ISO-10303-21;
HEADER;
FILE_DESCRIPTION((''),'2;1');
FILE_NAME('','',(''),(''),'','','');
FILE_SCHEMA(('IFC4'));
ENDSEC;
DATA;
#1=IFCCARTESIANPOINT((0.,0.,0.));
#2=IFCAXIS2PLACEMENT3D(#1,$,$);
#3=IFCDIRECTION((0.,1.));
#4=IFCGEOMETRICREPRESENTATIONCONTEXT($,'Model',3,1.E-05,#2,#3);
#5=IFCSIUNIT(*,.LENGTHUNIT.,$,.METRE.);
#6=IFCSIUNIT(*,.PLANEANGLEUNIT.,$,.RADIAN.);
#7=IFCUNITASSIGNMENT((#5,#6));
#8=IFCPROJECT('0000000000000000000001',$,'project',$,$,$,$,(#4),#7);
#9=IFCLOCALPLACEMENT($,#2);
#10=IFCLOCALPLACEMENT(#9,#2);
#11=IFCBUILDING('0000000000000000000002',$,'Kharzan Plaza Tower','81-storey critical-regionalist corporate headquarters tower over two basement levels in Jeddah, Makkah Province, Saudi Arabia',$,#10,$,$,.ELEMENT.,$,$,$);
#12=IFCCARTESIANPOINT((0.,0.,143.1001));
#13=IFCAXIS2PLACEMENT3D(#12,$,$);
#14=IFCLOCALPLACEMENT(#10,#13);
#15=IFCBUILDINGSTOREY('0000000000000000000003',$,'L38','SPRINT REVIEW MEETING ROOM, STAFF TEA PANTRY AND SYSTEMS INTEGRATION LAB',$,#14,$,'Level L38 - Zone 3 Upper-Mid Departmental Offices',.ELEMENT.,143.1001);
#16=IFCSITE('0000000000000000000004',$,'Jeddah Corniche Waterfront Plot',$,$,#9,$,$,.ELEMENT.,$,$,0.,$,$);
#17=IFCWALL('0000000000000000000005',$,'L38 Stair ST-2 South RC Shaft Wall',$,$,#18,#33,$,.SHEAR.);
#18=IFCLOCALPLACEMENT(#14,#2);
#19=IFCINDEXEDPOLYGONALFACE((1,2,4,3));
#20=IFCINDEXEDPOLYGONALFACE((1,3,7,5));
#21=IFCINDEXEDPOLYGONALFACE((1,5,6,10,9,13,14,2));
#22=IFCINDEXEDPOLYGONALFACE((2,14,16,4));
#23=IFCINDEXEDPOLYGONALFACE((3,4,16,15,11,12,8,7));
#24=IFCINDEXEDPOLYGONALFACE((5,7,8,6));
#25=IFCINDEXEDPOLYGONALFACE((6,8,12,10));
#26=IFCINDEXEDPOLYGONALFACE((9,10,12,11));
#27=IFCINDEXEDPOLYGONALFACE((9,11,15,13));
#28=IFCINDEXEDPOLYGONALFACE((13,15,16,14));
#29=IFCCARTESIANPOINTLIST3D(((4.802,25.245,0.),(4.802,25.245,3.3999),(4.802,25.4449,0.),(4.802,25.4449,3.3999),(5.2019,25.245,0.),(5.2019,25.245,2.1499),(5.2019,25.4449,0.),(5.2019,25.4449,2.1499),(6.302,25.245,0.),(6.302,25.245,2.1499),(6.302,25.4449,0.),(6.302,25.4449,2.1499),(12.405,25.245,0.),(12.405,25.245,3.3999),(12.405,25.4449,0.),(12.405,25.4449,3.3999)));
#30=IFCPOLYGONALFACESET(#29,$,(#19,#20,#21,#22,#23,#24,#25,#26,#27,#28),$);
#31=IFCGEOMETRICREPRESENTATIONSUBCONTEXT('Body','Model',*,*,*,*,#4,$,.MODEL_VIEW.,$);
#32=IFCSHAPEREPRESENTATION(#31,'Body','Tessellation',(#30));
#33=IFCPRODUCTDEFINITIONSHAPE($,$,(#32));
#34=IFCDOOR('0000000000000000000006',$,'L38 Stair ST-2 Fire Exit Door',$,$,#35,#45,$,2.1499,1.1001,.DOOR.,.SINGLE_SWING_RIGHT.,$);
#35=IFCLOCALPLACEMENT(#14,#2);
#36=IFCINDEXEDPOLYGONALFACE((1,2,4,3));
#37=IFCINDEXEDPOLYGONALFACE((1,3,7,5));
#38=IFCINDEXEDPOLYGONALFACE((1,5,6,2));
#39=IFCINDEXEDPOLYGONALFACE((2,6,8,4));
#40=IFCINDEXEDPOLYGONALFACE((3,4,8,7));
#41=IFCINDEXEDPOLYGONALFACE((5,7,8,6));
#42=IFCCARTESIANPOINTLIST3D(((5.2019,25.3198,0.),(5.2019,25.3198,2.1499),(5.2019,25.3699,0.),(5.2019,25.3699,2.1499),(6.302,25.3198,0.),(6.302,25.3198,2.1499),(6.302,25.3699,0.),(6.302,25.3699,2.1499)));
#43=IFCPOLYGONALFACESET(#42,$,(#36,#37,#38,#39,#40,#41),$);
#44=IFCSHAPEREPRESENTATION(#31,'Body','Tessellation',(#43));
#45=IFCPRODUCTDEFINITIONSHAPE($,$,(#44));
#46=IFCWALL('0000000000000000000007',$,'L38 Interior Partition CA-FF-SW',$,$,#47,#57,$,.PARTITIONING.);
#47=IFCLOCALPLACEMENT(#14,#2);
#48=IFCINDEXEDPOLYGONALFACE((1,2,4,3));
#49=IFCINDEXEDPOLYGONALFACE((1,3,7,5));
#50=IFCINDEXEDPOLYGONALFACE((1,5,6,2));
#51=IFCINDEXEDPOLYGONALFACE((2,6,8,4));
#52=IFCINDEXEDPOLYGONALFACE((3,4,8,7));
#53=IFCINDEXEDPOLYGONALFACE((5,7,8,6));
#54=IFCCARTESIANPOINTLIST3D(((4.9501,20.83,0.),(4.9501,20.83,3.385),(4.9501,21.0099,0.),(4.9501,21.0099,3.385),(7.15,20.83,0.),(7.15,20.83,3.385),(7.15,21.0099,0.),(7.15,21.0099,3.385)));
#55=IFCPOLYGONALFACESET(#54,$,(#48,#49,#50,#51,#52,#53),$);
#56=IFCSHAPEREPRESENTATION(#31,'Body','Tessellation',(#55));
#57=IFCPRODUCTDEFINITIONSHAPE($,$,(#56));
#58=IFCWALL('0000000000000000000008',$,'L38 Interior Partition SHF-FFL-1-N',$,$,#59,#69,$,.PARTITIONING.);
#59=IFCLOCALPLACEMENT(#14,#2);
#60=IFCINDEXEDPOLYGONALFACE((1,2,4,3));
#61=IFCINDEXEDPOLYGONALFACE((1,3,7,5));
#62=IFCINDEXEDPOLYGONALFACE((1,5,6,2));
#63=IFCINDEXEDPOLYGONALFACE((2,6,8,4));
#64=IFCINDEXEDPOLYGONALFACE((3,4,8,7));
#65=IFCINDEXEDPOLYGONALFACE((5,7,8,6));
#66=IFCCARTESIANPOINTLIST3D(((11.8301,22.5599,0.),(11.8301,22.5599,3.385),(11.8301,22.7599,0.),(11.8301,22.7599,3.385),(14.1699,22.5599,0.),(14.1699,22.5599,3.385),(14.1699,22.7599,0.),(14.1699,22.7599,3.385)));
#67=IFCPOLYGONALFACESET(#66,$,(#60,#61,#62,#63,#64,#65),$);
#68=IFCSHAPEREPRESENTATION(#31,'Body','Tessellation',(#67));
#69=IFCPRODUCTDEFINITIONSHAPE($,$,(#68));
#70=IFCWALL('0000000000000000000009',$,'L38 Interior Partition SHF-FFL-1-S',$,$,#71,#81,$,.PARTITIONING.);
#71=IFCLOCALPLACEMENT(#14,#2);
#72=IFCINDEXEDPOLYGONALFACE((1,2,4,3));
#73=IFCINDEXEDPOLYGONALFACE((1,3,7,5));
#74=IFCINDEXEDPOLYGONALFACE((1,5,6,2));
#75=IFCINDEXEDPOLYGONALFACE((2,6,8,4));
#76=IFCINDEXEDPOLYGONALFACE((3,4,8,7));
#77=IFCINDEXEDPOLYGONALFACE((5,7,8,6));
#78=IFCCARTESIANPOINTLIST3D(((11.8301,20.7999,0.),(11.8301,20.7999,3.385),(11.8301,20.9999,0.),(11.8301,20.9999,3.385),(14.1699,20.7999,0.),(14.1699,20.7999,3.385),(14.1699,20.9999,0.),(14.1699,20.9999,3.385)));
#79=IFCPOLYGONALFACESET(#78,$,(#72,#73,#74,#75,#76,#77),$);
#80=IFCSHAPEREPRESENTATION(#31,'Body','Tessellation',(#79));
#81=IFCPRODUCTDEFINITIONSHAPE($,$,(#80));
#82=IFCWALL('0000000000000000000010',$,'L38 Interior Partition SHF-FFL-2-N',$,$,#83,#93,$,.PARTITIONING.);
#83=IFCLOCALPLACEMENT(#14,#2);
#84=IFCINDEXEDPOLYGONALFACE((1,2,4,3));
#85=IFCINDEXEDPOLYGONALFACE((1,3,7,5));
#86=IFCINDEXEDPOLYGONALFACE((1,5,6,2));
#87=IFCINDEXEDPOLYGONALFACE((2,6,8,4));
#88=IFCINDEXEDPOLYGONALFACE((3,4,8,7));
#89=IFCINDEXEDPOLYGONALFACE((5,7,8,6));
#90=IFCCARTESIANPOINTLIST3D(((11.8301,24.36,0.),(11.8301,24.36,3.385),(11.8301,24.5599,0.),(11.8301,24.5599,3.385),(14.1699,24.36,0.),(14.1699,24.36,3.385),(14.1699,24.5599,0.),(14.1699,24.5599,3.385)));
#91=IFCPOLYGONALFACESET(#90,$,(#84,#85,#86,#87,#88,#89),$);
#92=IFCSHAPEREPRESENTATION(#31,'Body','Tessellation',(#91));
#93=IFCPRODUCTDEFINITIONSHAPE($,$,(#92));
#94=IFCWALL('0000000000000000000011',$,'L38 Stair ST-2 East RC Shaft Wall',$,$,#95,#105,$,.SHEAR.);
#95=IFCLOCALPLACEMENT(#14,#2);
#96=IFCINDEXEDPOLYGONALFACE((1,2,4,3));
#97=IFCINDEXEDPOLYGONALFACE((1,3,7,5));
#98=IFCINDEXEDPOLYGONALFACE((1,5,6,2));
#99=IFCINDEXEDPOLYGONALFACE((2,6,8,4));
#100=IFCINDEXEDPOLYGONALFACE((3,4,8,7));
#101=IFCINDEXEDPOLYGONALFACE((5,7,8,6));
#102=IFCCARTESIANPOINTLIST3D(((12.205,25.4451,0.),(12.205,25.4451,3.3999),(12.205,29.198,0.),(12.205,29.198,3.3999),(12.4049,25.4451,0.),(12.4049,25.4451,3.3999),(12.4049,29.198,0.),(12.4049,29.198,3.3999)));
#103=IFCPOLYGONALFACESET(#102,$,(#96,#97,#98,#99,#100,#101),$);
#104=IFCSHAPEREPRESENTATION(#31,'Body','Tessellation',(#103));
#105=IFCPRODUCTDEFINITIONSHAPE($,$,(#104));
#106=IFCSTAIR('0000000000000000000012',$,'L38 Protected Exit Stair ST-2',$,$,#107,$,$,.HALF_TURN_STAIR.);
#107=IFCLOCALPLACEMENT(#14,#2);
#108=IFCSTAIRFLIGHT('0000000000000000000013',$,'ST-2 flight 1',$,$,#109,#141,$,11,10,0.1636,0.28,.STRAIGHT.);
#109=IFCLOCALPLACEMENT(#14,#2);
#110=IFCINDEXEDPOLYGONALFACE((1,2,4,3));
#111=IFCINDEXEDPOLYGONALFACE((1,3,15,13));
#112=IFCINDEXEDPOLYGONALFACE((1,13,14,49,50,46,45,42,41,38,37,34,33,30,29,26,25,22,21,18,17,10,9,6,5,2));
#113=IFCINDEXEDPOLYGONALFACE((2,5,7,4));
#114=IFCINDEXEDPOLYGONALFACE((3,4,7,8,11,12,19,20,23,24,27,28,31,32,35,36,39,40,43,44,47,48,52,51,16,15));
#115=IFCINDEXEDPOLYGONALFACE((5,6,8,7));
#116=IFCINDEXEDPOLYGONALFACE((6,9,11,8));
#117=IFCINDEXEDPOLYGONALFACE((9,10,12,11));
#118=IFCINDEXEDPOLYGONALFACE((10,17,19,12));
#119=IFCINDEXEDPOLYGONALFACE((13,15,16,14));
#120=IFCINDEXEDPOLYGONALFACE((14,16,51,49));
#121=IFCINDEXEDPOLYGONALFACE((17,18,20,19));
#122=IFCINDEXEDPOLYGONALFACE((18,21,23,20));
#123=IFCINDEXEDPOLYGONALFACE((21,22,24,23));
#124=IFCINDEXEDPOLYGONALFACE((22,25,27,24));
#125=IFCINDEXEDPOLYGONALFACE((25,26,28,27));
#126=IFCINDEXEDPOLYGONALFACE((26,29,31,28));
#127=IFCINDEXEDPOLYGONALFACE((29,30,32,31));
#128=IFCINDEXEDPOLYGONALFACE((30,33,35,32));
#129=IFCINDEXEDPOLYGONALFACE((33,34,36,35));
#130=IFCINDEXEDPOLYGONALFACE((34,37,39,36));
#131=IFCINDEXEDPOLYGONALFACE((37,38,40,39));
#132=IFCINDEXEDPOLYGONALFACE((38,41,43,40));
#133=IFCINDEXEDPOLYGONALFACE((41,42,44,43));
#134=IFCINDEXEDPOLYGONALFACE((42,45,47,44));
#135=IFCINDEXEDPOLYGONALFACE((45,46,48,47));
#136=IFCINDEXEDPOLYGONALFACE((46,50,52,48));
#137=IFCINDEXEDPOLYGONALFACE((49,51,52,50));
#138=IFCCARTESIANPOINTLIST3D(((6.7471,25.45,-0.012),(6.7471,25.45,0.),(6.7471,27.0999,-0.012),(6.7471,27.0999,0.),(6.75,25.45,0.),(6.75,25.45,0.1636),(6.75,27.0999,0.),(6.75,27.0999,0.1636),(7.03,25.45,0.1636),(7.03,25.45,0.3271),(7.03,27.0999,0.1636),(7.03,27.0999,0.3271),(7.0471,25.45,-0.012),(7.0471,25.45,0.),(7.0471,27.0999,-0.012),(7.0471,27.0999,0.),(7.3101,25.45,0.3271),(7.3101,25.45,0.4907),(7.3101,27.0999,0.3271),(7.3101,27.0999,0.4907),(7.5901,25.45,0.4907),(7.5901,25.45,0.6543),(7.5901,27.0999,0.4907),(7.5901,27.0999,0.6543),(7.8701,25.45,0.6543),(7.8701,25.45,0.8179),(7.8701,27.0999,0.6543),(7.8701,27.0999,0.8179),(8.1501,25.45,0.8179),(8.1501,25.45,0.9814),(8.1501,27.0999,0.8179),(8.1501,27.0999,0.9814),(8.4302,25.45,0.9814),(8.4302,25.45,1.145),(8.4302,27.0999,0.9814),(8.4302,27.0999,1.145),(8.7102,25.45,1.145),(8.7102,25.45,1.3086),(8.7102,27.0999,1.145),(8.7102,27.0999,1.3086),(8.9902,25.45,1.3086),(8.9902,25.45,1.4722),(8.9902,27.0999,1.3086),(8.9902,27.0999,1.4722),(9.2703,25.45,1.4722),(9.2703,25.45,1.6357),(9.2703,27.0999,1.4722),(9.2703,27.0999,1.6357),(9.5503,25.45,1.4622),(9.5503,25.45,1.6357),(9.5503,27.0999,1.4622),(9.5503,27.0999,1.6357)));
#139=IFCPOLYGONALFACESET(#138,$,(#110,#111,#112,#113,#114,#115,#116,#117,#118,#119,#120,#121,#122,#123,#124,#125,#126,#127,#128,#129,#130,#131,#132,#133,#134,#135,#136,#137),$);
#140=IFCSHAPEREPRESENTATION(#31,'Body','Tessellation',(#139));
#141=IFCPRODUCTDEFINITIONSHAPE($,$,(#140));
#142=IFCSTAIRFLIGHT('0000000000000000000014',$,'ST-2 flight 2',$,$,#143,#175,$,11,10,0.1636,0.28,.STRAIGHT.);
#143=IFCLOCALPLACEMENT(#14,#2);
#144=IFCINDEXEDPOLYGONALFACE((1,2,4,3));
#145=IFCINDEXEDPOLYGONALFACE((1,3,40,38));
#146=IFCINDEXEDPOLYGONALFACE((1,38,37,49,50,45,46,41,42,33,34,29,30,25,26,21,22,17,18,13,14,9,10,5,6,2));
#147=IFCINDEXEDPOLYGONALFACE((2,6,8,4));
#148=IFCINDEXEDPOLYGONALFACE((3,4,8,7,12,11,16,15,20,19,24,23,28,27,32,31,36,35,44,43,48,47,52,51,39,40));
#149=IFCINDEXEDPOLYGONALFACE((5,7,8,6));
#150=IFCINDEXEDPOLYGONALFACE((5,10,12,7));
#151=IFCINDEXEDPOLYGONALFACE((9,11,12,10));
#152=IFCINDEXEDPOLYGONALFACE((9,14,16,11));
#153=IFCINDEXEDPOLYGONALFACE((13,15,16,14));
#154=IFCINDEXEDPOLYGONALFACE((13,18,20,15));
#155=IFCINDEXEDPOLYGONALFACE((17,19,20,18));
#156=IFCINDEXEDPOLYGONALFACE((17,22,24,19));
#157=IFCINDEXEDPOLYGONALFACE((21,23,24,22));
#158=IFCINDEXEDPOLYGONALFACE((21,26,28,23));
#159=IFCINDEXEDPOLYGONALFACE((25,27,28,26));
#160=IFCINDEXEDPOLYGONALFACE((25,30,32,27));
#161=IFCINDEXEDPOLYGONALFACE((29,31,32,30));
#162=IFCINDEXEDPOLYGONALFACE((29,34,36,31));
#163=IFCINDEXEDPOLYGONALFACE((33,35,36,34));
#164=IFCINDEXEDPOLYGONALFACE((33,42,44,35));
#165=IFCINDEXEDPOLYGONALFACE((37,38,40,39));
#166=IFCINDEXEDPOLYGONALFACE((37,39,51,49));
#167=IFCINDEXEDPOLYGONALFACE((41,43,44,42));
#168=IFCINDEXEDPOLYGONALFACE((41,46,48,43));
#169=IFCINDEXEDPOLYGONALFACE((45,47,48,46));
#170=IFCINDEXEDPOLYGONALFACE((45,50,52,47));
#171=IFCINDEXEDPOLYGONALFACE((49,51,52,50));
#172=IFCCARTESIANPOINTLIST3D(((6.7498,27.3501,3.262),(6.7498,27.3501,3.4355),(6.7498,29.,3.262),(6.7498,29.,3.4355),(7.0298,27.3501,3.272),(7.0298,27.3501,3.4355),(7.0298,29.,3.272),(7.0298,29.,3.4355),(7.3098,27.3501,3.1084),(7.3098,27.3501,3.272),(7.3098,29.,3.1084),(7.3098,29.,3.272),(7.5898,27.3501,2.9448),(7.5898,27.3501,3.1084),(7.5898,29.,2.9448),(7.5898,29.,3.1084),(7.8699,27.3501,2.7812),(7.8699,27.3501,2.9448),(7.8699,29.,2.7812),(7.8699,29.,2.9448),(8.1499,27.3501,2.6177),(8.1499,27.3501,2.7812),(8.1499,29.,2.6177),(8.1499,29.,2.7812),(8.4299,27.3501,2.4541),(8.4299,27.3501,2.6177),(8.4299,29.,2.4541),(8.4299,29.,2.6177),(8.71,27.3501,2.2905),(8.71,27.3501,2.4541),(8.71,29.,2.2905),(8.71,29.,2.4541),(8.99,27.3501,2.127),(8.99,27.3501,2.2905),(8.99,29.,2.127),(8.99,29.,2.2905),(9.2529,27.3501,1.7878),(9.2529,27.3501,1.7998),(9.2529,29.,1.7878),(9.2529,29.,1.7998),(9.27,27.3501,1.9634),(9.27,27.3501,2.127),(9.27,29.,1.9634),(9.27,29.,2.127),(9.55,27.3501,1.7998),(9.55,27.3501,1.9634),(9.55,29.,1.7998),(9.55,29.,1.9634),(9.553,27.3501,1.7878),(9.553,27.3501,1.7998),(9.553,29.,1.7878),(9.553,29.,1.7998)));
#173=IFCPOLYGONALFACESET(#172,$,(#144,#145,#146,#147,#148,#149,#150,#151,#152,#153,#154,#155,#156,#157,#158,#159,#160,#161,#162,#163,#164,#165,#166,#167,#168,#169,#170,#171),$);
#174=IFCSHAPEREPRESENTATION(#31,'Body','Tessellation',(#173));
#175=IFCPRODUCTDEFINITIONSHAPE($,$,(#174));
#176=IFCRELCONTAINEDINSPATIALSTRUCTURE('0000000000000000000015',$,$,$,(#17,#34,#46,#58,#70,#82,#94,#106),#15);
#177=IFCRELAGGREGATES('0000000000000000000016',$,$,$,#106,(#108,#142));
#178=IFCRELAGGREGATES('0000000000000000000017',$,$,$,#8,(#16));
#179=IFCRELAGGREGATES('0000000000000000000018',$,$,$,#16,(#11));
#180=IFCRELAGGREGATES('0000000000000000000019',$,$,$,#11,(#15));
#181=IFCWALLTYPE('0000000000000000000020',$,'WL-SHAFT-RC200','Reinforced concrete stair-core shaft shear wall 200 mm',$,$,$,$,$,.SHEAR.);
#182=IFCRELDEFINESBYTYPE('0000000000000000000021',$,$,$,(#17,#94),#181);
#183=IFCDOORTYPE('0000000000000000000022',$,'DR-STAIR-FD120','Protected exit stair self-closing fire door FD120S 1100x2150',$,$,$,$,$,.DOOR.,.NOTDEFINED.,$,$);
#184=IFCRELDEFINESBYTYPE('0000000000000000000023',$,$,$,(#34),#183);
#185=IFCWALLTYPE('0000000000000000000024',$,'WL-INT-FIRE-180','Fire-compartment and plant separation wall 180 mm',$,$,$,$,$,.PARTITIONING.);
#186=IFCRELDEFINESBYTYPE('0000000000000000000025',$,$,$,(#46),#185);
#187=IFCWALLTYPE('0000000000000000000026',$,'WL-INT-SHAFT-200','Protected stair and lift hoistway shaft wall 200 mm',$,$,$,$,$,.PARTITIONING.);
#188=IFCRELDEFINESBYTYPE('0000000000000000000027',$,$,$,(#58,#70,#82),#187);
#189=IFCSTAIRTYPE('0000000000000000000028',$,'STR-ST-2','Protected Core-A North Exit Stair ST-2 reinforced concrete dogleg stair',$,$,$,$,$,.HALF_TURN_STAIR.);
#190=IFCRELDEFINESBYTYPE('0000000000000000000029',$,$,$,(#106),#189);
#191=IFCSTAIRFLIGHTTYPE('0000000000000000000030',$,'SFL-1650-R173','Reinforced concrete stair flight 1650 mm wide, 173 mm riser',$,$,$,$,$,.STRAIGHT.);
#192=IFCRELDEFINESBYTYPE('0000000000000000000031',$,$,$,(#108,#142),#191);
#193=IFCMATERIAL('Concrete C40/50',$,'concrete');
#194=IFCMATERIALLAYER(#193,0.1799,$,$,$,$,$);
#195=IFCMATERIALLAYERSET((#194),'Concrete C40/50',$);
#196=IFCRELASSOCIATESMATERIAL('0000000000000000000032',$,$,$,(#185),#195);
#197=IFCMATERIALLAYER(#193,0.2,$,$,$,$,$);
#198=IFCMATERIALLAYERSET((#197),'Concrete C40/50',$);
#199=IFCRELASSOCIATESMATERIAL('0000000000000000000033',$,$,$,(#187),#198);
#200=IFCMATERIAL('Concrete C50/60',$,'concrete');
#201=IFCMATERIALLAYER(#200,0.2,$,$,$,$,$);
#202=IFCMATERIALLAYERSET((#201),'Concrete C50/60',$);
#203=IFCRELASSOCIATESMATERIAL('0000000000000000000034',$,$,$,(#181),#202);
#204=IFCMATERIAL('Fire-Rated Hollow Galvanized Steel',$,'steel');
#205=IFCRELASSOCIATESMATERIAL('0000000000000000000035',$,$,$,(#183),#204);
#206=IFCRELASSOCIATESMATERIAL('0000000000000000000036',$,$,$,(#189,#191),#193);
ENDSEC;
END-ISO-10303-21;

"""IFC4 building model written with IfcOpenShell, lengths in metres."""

from ifc_helpers import new_model, si_unit, direction, frame, frame_2d, origin, place, context, subcontext, project, spatial, polyline, rectangle, outline, extrude, source, transform, mapped, material, layer, layer_set, type_object, element, fill, aggregate, save


model = new_model("IFC4")

# Units and contexts
model_context = context("Model", 3, precision=1e-05, world=origin(), true_north=direction((0.0, 1.0)))
body_context = subcontext(model_context, "Body", "Model", "MODEL_VIEW")
ifc_project = project(units=[si_unit("LENGTHUNIT", "METRE"), si_unit("PLANEANGLEUNIT", "RADIAN")], contexts=[model_context])

# Site, building, storey
site_placement = place(None, origin())
site = spatial("IfcSite", under=ifc_project, at=site_placement, Name="Jeddah Corniche Waterfront Plot", CompositionType="ELEMENT", RefElevation=0.0)
building_placement = place(site_placement, origin())
building = spatial("IfcBuilding", under=site, at=building_placement, Name="Kharzan Plaza Tower", Description="81-storey critical-regionalist corporate headquarters tower over two basement levels in Jeddah, Makkah Province, Saudi Arabia", CompositionType="ELEMENT")
storey_placement = place(building_placement, frame((0.0, 0.0, 143.1001)))
storey = spatial("IfcBuildingStorey", under=building, at=storey_placement, Name="L38", Description="SPRINT REVIEW MEETING ROOM, STAFF TEA PANTRY AND SYSTEMS INTEGRATION LAB", LongName="Level L38 - Zone 3 Upper-Mid Departmental Offices", CompositionType="ELEMENT", Elevation=143.1001)

# Wall, opening, door
ifc_material_1 = material(Name="Concrete C40/50", Category="concrete")
ifc_layer_1 = layer(ifc_material_1, 0.1799)
ifc_layer_set_1 = layer_set([ifc_layer_1], Name="Concrete C40/50")
wall_type_1 = type_object("IfcWallType", Name="WL-INT-FIRE-180", Description="Fire-compartment and plant separation wall 180 mm", PredefinedType="PARTITIONING", material=ifc_layer_set_1)
ifc_layer_2 = layer(ifc_material_1, 0.2)
ifc_layer_set_2 = layer_set([ifc_layer_2], Name="Concrete C40/50")
wall_type_2 = type_object("IfcWallType", Name="WL-INT-SHAFT-200", Description="Protected stair and lift hoistway shaft wall 200 mm", PredefinedType="PARTITIONING", material=ifc_layer_set_2)
ifc_material_2 = material(Name="Concrete C50/60", Category="concrete")
ifc_layer_3 = layer(ifc_material_2, 0.2)
ifc_layer_set_3 = layer_set([ifc_layer_3], Name="Concrete C50/60")
wall_type_3 = type_object("IfcWallType", Name="WL-SHAFT-RC200", Description="Reinforced concrete stair-core shaft shear wall 200 mm", PredefinedType="SHEAR", material=ifc_layer_set_3)
wall_1_placement = place(storey_placement, frame((4.802, 25.345, 0.0), z_axis=(0.0, 0.0, 1.0), x_axis=(1.0, 0.0, 0.0)))
wall_1 = element("IfcWall", 1, at=wall_1_placement, inside=storey, type_object=wall_type_3, Name="L38 Stair ST-2 South RC Shaft Wall", PredefinedType="SHEAR", context=body_context, shape_type="SweptSolid", body=[
    extrude(rectangle(XDim=7.603, YDim=0.2, at=frame_2d((3.8015, 0.0))), origin(), (0.0, 0.0, 1.0), 3.3999),
])
opening_1_placement = place(wall_1_placement, frame((0.3999, 0.0, 0.0)))
opening_1 = element("IfcOpeningElement", 2, at=opening_1_placement, cuts=wall_1, PredefinedType="OPENING", context=body_context, shape_type="SweptSolid", body=[
    extrude(rectangle(XDim=1.1001, YDim=2.1499, at=frame_2d((0.55, 1.075))), frame((0.0, 0.1099, 0.0), z_axis=(0.0, -1.0, 0.0), x_axis=(1.0, 0.0, 0.0)), (0.0, 0.0, 1.0), 0.22),
])
ifc_material_3 = material(Name="Fire-Rated Hollow Galvanized Steel", Category="steel")
door_type_1 = type_object("IfcDoorType", Name="DR-STAIR-FD120", Description="Protected exit stair self-closing fire door FD120S 1100x2150", OperationType="NOTDEFINED", PredefinedType="DOOR", material=ifc_material_3)
shared_shape_1 = source(origin(), body_context, "Body", "SweptSolid", [
    extrude(rectangle(XDim=1.1001, YDim=2.1499, at=frame_2d((0.55, 1.075))), frame((0.0, 0.0249, 0.0), z_axis=(0.0, -1.0, 0.0), x_axis=(1.0, 0.0, 0.0)), (0.0, 0.0, 1.0), 0.05),
])
door_1_placement = place(opening_1_placement, origin())
door_1 = element("IfcDoor", 3, at=door_1_placement, inside=storey, type_object=door_type_1, Name="L38 Stair ST-2 Fire Exit Door", OperationType="SINGLE_SWING_RIGHT", OverallHeight=2.1499, OverallWidth=1.1001, PredefinedType="DOOR", context=body_context, shape_type="MappedRepresentation", body=[
    mapped(shared_shape_1, transform((0.0, 0.0, 0.0), x_axis=(1.0, 0.0, 0.0), y_axis=(0.0, 1.0, 0.0), z_axis=(0.0, 0.0, 1.0))),
])
fill(opening_1, door_1)

# Walls
shared_shape_2 = source(origin(), body_context, "Body", "SweptSolid", [
    extrude(rectangle(XDim=2.2, YDim=0.1799, at=frame_2d((1.1001, 0.0))), origin(), (0.0, 0.0, 1.0), 3.385),
])
wall_2_placement = place(storey_placement, frame((4.95, 20.9199, 0.0), z_axis=(0.0, 0.0, 1.0), x_axis=(1.0, 0.0, 0.0)))
element("IfcWall", 4, at=wall_2_placement, inside=storey, type_object=wall_type_1, Name="L38 Interior Partition CA-FF-SW", PredefinedType="PARTITIONING", context=body_context, shape_type="MappedRepresentation", body=[
    mapped(shared_shape_2, transform((0.0, 0.0, 0.0), x_axis=(1.0, 0.0, 0.0), y_axis=(0.0, 1.0, 0.0), z_axis=(0.0, 0.0, 1.0))),
])
shared_shape_3 = source(origin(), body_context, "Body", "SweptSolid", [
    extrude(rectangle(XDim=2.3398, YDim=0.2, at=frame_2d((1.1699, 0.0))), origin(), (0.0, 0.0, 1.0), 3.385),
])
for number, where, z_axis, x_axis, name in (
    (5, (11.8301, 22.6599, 0.0), (0.0, 0.0, 1.0), (1.0, 0.0, 0.0), "L38 Interior Partition SHF-FFL-1-N"),
    (6, (11.8301, 20.8999, 0.0), (0.0, 0.0, 1.0), (1.0, 0.0, 0.0), "L38 Interior Partition SHF-FFL-1-S"),
    (7, (11.8301, 24.46, 0.0), (0.0, 0.0, 1.0), (1.0, 0.0, 0.0), "L38 Interior Partition SHF-FFL-2-N"),
):
    element("IfcWall", number, at=place(storey_placement, frame(where, z_axis=z_axis, x_axis=x_axis)), inside=storey, type_object=wall_type_2, Name=name, PredefinedType="PARTITIONING", context=body_context, shape_type="MappedRepresentation", body=[
        mapped(shared_shape_3, transform((0.0, 0.0, 0.0), x_axis=(1.0, 0.0, 0.0), y_axis=(0.0, 1.0, 0.0), z_axis=(0.0, 0.0, 1.0))),
    ])
shared_shape_4 = source(origin(), body_context, "Body", "SweptSolid", [
    extrude(rectangle(XDim=3.7529, YDim=0.2, at=frame_2d((1.8765, 0.0))), origin(), (0.0, 0.0, 1.0), 3.3999),
])
wall_3_placement = place(storey_placement, frame((12.3049, 25.4451, 0.0), z_axis=(0.0, 0.0, 1.0), x_axis=(0.0, 1.0, 0.0)))
element("IfcWall", 8, at=wall_3_placement, inside=storey, type_object=wall_type_3, Name="L38 Stair ST-2 East RC Shaft Wall", PredefinedType="SHEAR", context=body_context, shape_type="MappedRepresentation", body=[
    mapped(shared_shape_4, transform((0.0, 0.0, 0.0), x_axis=(1.0, 0.0, 0.0), y_axis=(0.0, 1.0, 0.0), z_axis=(0.0, 0.0, 1.0))),
])

# Stair, stair flights
stair_type = type_object("IfcStairType", Name="STR-ST-2", Description="Protected Core-A North Exit Stair ST-2 reinforced concrete dogleg stair", PredefinedType="HALF_TURN_STAIR", material=ifc_material_1)
stair_placement = place(storey_placement, origin())
stair = element("IfcStair", 9, at=stair_placement, inside=storey, type_object=stair_type, Name="L38 Protected Exit Stair ST-2", PredefinedType="HALF_TURN_STAIR")
stair_flight_type = type_object("IfcStairFlightType", Name="SFL-1650-R173", Description="Reinforced concrete stair flight 1650 mm wide, 173 mm riser", PredefinedType="STRAIGHT", material=ifc_material_1)
shared_shape_5 = source(origin(), body_context, "Body", "SweptSolid", [
    extrude(outline(polyline([(-0.0029, -0.012), (-0.0029, 0.0), (0.0, 0.0), (0.0, 0.1636), (0.28, 0.1636), (0.28, 0.3271), (0.5601, 0.3271), (0.5601, 0.4907), (0.8401, 0.4907), (0.8401, 0.6543), (1.1201, 0.6543), (1.1201, 0.8179), (1.4001, 0.8179), (1.4001, 0.9814), (1.6802, 0.9814), (1.6802, 1.145), (1.9602, 1.145), (1.9602, 1.3086), (2.2402, 1.3086), (2.2402, 1.4722), (2.5203, 1.4722), (2.5203, 1.6357), (2.8003, 1.6357), (2.8003, 1.7993), (2.8003, 1.4622), (0.2971, 0.0), (0.2971, -0.012), (-0.0029, -0.012)])), frame((0.0, 0.825, 0.0), z_axis=(0.0, -1.0, 0.0), x_axis=(1.0, 0.0, 0.0)), (0.0, 0.0, 1.0), 1.6499),
])
stair_flight_1_placement = place(storey_placement, frame((6.75, 26.2749, 0.0), z_axis=(0.0, 0.0, 1.0), x_axis=(1.0, 0.0, 0.0)))
stair_flight_1 = element("IfcStairFlight", 10, at=stair_flight_1_placement, type_object=stair_flight_type, Name="ST-2 flight 1", NumberOfRisers=11, NumberOfTreads=10, PredefinedType="STRAIGHT", RiserHeight=0.1636, TreadLength=0.28, context=body_context, shape_type="MappedRepresentation", body=[
    mapped(shared_shape_5, transform((0.0, 0.0, 0.0), x_axis=(1.0, 0.0, 0.0), y_axis=(0.0, 1.0, 0.0), z_axis=(0.0, 0.0, 1.0))),
])
stair_flight_2_placement = place(storey_placement, frame((9.55, 28.175, 1.7998), z_axis=(0.0, 0.0, 1.0), x_axis=(-1.0, 0.0, 0.0)))
stair_flight_2 = element("IfcStairFlight", 11, at=stair_flight_2_placement, type_object=stair_flight_type, Name="ST-2 flight 2", NumberOfRisers=11, NumberOfTreads=10, PredefinedType="STRAIGHT", RiserHeight=0.1636, TreadLength=0.28, context=body_context, shape_type="MappedRepresentation", body=[
    mapped(shared_shape_5, transform((0.0, 0.0, 0.0), x_axis=(1.0, 0.0, 0.0), y_axis=(0.0, 1.0, 0.0), z_axis=(0.0, 0.0, 1.0))),
])
aggregate(stair, [stair_flight_1, stair_flight_2])

save(model, "model.ifc")
